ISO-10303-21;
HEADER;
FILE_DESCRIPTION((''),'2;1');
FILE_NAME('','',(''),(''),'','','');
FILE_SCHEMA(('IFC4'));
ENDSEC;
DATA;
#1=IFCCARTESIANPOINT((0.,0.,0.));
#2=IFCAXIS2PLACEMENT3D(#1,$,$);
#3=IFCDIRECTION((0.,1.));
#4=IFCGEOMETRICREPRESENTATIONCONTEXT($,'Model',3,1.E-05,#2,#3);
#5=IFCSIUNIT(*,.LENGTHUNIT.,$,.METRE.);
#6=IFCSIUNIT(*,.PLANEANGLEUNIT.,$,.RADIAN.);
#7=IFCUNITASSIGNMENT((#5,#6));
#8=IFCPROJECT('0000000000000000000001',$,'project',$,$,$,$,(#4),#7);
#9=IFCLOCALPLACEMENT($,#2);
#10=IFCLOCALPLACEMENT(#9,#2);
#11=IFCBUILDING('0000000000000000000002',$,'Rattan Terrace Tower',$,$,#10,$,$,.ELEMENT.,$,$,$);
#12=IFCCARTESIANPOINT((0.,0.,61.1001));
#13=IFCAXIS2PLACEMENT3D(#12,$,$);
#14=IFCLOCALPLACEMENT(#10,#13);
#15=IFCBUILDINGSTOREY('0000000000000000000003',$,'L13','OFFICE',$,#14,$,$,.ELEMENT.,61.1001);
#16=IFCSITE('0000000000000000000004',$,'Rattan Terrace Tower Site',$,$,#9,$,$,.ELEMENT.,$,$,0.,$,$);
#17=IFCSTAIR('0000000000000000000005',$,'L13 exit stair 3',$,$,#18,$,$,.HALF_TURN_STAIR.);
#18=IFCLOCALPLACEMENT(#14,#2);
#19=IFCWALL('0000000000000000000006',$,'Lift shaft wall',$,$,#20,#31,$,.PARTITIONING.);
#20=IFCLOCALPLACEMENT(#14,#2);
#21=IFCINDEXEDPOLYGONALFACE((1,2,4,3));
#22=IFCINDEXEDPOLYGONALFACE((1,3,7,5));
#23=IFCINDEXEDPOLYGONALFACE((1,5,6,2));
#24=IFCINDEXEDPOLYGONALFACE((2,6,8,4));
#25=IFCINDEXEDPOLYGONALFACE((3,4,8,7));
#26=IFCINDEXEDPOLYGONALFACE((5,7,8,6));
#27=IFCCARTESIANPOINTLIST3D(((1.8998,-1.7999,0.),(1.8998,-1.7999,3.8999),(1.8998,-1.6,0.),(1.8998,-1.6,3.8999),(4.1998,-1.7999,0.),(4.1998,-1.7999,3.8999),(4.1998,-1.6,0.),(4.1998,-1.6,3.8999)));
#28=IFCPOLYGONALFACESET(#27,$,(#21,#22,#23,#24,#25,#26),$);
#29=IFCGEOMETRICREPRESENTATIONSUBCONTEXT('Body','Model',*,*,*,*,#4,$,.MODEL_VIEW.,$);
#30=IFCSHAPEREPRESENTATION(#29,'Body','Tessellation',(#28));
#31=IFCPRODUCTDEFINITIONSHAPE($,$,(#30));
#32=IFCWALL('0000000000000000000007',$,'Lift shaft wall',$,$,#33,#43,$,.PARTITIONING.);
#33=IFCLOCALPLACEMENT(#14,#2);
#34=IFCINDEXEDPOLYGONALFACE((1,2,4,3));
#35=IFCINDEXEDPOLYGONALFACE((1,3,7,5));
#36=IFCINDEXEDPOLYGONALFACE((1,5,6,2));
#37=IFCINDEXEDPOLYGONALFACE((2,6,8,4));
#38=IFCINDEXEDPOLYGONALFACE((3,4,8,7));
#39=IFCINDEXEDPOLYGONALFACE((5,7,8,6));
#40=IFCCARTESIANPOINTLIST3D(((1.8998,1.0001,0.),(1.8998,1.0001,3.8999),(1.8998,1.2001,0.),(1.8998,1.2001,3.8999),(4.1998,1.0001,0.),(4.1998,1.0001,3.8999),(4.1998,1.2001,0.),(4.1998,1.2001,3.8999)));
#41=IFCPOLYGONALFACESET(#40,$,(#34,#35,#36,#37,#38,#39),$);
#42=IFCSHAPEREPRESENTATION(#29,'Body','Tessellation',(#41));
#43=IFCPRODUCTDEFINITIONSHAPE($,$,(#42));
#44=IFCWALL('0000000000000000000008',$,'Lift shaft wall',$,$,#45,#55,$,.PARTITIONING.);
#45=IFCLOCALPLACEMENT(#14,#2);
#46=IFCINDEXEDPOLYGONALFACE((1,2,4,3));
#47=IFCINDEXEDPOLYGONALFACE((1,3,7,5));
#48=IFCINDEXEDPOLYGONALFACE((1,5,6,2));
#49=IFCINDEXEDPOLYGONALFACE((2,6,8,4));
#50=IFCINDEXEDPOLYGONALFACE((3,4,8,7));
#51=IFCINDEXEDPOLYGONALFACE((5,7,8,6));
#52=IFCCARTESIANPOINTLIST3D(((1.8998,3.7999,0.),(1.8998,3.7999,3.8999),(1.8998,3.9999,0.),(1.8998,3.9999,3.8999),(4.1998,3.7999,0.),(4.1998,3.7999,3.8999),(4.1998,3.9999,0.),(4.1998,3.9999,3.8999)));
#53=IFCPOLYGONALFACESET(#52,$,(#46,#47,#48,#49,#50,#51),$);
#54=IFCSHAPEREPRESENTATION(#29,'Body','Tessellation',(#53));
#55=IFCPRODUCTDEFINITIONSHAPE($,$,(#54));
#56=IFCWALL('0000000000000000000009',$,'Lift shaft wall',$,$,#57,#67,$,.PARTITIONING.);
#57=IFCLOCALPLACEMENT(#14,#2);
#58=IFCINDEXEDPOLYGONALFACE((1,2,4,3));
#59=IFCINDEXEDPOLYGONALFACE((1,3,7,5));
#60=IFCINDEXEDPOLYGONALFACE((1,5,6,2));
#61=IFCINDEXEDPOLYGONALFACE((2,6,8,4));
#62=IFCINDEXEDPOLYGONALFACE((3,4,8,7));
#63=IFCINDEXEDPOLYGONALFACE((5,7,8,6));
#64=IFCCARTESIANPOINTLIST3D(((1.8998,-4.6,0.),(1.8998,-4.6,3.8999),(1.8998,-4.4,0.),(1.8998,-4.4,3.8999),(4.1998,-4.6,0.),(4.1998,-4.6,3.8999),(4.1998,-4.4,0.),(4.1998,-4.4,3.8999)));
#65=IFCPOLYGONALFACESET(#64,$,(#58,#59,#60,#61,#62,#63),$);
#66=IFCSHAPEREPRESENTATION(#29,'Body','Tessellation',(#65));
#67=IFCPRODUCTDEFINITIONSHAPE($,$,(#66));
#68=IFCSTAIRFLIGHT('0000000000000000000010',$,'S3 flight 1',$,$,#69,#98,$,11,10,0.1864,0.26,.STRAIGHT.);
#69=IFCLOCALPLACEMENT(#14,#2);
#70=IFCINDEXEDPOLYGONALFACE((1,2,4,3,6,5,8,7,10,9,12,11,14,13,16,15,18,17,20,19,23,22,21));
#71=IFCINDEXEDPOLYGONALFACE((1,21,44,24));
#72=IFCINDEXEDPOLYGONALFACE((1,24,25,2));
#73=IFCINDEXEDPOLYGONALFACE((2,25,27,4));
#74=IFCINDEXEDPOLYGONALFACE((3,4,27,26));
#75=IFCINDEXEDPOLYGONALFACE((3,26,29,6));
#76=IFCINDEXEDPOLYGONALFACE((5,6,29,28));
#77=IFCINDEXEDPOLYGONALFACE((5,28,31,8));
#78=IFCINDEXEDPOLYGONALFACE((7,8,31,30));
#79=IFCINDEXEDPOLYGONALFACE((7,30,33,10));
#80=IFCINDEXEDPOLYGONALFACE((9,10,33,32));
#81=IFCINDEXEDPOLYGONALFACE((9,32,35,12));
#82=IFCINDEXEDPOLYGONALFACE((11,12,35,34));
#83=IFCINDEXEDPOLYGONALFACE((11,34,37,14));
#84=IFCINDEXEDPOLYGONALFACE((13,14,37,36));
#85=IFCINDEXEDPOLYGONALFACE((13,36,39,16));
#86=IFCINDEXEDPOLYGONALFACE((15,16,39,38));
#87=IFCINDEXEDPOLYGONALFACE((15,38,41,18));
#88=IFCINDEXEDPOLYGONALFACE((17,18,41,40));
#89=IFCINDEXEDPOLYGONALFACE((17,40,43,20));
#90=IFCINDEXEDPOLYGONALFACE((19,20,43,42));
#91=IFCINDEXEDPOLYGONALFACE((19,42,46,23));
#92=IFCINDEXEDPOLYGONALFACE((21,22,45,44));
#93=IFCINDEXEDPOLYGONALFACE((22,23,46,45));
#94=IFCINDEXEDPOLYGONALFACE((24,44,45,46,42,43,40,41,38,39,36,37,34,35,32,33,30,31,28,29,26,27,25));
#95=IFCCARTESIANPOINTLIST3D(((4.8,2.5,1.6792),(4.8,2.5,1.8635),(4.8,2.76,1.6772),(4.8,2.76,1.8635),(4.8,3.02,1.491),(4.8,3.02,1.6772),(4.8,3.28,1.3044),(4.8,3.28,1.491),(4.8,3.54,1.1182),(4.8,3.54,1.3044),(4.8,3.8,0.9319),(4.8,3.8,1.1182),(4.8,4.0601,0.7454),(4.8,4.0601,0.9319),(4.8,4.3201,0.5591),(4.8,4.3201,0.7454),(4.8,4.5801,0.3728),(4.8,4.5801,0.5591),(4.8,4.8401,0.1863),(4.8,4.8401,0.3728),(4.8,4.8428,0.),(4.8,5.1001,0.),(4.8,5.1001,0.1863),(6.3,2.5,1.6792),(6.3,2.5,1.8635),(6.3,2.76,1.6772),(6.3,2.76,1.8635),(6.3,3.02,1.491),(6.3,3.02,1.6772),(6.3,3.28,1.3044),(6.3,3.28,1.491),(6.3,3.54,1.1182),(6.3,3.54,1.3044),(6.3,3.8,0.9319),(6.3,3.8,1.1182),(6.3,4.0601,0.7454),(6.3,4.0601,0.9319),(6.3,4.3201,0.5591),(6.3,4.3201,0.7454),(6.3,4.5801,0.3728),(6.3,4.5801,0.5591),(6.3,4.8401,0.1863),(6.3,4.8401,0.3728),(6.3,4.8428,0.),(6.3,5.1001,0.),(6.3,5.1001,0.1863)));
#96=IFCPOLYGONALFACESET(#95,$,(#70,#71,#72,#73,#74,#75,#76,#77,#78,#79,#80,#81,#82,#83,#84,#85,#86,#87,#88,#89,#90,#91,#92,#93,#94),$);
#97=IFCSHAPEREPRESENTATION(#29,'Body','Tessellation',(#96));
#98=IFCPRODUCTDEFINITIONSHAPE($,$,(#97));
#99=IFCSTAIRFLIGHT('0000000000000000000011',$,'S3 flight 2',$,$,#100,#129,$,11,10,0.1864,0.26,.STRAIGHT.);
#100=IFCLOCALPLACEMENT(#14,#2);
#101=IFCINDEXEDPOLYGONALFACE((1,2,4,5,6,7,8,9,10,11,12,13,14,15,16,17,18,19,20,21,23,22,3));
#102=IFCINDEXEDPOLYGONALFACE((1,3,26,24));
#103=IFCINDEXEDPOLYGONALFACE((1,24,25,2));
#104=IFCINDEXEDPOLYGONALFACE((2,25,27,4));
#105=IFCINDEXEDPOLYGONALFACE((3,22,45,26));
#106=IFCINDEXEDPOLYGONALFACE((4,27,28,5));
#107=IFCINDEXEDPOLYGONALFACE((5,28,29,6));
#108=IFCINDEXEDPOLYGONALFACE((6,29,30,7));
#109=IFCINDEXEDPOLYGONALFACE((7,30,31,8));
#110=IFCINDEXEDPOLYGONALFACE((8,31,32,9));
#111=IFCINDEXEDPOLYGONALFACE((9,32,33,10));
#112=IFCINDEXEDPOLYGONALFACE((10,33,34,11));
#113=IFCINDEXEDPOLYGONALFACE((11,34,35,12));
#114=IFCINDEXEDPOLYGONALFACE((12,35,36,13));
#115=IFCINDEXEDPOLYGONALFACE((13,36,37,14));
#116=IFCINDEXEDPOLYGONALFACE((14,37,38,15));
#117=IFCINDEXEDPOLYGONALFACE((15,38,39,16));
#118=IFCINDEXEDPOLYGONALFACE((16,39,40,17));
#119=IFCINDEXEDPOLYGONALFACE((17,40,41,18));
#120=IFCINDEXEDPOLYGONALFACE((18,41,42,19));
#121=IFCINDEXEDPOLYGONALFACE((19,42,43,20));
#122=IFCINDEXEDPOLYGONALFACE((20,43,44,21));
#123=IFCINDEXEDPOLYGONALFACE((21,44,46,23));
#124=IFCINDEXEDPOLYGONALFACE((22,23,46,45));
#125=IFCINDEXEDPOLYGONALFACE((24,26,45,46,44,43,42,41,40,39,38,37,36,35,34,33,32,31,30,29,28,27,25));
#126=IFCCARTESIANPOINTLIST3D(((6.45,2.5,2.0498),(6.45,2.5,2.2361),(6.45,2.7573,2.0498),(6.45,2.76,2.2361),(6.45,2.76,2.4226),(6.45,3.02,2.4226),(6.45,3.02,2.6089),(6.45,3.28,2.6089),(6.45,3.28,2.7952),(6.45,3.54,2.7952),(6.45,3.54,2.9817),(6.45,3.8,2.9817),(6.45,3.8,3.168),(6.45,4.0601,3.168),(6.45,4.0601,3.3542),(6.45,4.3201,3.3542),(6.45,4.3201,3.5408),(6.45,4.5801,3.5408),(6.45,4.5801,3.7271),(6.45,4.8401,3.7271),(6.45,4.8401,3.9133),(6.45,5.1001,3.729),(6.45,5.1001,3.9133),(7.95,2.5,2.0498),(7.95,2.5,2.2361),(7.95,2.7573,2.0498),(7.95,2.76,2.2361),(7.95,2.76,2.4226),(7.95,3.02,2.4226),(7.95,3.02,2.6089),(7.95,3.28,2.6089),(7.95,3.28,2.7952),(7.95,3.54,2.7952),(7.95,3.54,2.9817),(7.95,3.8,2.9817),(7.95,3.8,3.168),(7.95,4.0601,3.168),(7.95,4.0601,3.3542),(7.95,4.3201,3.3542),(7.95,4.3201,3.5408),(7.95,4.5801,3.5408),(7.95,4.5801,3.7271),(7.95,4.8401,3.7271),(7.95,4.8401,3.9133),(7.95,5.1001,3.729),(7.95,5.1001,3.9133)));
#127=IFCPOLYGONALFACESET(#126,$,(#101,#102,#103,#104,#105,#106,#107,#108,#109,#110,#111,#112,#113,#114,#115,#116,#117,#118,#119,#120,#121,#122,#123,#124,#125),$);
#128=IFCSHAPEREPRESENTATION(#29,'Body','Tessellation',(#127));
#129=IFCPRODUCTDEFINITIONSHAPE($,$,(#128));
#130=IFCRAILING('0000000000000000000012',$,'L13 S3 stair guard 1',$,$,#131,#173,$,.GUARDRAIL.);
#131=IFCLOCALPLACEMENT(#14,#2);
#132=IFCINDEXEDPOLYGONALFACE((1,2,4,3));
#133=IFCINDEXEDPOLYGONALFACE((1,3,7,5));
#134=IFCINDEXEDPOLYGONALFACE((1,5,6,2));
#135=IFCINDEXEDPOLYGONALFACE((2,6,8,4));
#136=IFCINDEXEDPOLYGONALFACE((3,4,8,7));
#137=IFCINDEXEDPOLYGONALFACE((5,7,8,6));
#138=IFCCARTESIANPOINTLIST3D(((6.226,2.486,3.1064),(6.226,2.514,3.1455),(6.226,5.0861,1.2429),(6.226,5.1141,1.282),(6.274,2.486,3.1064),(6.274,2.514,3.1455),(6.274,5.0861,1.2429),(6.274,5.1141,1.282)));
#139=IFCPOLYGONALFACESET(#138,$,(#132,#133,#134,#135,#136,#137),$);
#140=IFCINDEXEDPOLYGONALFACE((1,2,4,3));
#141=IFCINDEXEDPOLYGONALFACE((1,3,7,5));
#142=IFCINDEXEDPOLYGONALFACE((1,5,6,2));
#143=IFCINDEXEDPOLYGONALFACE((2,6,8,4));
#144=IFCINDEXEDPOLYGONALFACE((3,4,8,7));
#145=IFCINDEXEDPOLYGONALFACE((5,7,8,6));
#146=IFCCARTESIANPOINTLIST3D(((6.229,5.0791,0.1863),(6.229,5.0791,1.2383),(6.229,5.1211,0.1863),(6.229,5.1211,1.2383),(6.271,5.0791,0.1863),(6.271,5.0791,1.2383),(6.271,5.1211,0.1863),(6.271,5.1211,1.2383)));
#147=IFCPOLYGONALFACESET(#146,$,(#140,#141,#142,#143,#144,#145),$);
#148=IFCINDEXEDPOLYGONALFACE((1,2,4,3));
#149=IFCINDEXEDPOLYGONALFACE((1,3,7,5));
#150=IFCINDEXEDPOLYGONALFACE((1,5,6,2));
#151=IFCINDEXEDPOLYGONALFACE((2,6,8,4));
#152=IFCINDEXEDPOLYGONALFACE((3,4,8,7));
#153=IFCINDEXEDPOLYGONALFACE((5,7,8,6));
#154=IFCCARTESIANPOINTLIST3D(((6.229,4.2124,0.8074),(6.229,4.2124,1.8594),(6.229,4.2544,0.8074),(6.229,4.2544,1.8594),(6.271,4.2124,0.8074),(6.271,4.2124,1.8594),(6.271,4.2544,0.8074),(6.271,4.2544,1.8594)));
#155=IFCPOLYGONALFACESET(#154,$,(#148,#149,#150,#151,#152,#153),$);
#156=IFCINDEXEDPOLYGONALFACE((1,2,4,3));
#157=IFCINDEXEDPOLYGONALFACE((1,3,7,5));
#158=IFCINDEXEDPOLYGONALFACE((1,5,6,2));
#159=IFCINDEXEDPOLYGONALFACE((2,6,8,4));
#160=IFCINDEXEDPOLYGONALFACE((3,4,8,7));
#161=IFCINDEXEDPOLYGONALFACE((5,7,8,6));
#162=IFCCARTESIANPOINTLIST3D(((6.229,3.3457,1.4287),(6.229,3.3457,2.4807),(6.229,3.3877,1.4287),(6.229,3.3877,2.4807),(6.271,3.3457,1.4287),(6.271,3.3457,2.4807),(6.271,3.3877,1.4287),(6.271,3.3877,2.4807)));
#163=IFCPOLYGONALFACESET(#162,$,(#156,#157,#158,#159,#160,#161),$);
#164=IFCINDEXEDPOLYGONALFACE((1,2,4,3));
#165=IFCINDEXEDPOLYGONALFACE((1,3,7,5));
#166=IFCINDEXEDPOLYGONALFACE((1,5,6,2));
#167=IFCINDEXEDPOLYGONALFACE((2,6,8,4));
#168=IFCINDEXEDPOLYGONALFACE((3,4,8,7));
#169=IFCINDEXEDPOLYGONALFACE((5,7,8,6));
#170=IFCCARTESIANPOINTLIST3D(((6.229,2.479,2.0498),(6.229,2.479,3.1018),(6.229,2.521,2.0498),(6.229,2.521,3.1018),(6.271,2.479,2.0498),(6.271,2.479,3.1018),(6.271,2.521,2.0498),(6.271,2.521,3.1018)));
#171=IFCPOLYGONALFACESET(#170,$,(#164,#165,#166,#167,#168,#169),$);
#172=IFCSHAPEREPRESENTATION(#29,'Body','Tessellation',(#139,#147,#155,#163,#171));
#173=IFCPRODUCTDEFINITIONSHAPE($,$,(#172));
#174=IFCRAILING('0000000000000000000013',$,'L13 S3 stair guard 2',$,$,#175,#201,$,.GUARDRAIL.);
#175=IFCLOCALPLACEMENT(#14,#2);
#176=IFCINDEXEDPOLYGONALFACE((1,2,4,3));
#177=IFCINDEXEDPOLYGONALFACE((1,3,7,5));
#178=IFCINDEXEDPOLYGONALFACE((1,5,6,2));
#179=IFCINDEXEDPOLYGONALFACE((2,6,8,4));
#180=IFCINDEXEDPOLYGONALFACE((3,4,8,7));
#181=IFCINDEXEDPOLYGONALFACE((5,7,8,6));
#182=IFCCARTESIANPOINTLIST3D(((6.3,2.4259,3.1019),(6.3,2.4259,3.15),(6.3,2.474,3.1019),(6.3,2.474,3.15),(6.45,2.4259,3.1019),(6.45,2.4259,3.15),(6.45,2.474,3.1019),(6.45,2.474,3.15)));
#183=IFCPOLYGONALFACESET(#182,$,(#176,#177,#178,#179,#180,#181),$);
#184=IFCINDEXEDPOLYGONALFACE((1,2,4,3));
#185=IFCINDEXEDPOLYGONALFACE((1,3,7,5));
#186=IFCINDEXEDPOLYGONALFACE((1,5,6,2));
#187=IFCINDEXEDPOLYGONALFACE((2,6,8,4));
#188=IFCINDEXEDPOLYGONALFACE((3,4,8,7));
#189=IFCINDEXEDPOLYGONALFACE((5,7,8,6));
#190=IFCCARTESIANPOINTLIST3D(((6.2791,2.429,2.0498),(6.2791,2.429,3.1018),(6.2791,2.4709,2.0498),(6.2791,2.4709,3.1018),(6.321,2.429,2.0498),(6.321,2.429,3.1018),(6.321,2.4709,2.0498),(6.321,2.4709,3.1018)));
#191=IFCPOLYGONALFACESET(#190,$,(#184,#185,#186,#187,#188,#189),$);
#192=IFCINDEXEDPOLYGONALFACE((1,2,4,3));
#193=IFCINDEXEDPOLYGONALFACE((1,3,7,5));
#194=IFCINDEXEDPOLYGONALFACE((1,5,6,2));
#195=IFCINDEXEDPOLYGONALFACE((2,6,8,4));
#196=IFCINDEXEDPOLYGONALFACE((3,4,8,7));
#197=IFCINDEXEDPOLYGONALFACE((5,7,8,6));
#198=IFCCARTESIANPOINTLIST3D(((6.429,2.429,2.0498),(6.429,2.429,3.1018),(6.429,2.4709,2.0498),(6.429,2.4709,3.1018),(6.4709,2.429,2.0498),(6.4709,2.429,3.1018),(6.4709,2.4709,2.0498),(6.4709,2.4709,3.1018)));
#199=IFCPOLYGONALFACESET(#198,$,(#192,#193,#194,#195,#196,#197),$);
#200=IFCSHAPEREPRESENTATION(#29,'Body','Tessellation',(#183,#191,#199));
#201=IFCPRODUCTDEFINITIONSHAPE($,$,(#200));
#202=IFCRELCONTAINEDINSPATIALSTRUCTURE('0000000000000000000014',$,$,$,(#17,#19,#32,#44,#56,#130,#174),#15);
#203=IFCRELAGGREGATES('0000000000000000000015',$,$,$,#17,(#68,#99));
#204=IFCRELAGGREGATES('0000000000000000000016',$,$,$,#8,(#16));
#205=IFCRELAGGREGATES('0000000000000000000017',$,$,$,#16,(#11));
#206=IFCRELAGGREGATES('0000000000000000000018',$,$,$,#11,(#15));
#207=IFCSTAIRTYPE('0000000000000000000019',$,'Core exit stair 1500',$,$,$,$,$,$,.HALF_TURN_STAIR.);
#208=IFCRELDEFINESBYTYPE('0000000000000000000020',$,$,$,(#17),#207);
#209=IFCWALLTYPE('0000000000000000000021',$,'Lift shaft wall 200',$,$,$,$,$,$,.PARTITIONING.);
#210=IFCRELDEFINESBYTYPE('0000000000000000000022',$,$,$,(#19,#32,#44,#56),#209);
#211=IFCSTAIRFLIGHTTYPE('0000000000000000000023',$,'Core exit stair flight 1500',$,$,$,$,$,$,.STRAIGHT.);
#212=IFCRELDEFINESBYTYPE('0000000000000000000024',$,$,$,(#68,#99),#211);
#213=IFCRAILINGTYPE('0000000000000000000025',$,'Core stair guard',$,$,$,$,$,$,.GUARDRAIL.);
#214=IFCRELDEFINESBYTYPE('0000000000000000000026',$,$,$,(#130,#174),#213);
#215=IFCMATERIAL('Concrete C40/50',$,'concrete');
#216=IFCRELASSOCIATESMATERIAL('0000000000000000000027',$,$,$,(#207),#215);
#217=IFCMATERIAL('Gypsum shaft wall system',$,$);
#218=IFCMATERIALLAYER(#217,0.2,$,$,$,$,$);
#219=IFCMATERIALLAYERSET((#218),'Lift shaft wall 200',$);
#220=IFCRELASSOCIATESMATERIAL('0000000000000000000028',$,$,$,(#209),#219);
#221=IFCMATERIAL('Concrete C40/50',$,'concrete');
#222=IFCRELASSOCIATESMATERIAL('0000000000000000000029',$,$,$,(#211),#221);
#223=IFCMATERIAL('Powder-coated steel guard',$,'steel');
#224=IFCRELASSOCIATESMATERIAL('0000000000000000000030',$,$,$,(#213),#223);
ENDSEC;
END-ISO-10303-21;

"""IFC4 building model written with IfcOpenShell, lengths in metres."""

from ifc_helpers import new_model, si_unit, direction, frame, frame_2d, origin, origin_2d, place, context, subcontext, project, spatial, polyline, rectangle, outline, extrude, material, layer, layer_set, type_object, element, aggregate, save


model = new_model("IFC4")

# Units and contexts
model_context = context("Model", 3, precision=1e-05, world=origin(), true_north=direction((0.0, 1.0)))
body_context = subcontext(model_context, "Body", "Model", "MODEL_VIEW")
ifc_project = project(units=[si_unit("LENGTHUNIT", "METRE"), si_unit("PLANEANGLEUNIT", "RADIAN")], contexts=[model_context])

# Site, building, storey
site_placement = place(None, origin())
site = spatial("IfcSite", under=ifc_project, at=site_placement, Name="Rattan Terrace Tower Site", CompositionType="ELEMENT", RefElevation=0.0)
building_placement = place(site_placement, origin())
building = spatial("IfcBuilding", under=site, at=building_placement, Name="Rattan Terrace Tower", CompositionType="ELEMENT")
storey_placement = place(building_placement, frame((0.0, 0.0, 61.1001)))
storey = spatial("IfcBuildingStorey", under=building, at=storey_placement, Name="L13", Description="OFFICE", CompositionType="ELEMENT", Elevation=61.1001)

# Stair
ifc_material_1 = material(Name="Concrete C40/50", Category="concrete")
stair_type = type_object("IfcStairType", Name="Core exit stair 1500", PredefinedType="HALF_TURN_STAIR", material=ifc_material_1)
stair_1_placement = place(storey_placement, origin())
stair_1 = element("IfcStair", 1, at=stair_1_placement, inside=storey, type_object=stair_type, Name="L13 exit stair 3", PredefinedType="HALF_TURN_STAIR")

# Walls
ifc_material_2 = material(Name="Gypsum shaft wall system")
ifc_layer_1 = layer(ifc_material_2, 0.2)
ifc_layer_set_1 = layer_set([ifc_layer_1], Name="Lift shaft wall 200")
wall_type_1 = type_object("IfcWallType", Name="Lift shaft wall 200", PredefinedType="PARTITIONING", material=ifc_layer_set_1)
for number, where, z_axis, x_axis, name in (
    (2, (1.8999, -1.7, 0.0), (0.0, 0.0, 1.0), (1.0, 0.0, 0.0), "Lift shaft wall"),
    (3, (1.8999, 1.1001, 0.0), (0.0, 0.0, 1.0), (1.0, 0.0, 0.0), "Lift shaft wall"),
    (4, (1.8999, 3.8999, 0.0), (0.0, 0.0, 1.0), (1.0, 0.0, 0.0), "Lift shaft wall"),
    (5, (1.8999, -4.5, 0.0), (0.0, 0.0, 1.0), (1.0, 0.0, 0.0), "Lift shaft wall"),
):
    element("IfcWall", number, at=place(storey_placement, frame(where, z_axis=z_axis, x_axis=x_axis)), inside=storey, type_object=wall_type_1, Name=name, PredefinedType="PARTITIONING", context=body_context, shape_type="SweptSolid", body=[
        extrude(rectangle(XDim=2.3, YDim=0.2, at=frame_2d((1.1499, 0.0))), origin(), (0.0, 0.0, 1.0), 3.8999),
    ])

# Stair flights
ifc_material_3 = material(Name="Concrete C40/50", Category="concrete")
stair_flight_type = type_object("IfcStairFlightType", Name="Core exit stair flight 1500", PredefinedType="STRAIGHT", material=ifc_material_3)
stair_flight_1_placement = place(storey_placement, frame((5.55, 5.1001, 0.0), z_axis=(0.0, 0.0, 1.0), x_axis=(0.0, -1.0, 0.0)))
stair_flight_1 = element("IfcStairFlight", 6, at=stair_flight_1_placement, type_object=stair_flight_type, Name="S3 flight 1", NumberOfRisers=11, NumberOfTreads=10, PredefinedType="STRAIGHT", RiserHeight=0.1864, TreadLength=0.26, context=body_context, shape_type="SweptSolid", body=[
    extrude(outline(polyline([(0.0, 0.0), (0.0, 0.1863), (0.26, 0.1863), (0.26, 0.3728), (0.52, 0.3728), (0.52, 0.5591), (0.78, 0.5591), (0.78, 0.7454), (1.04, 0.7454), (1.04, 0.9319), (1.3, 0.9319), (1.3, 1.1182), (1.5601, 1.1182), (1.5601, 1.3044), (1.8201, 1.3044), (1.8201, 1.491), (2.0801, 1.491), (2.0801, 1.6772), (2.3401, 1.6772), (2.3401, 1.8635), (2.6001, 1.8635), (2.6001, 2.05), (2.6001, 1.6792), (0.2573, 0.0), (0.0, 0.0)])), frame((0.0, 0.75, 0.0), z_axis=(0.0, -1.0, 0.0), x_axis=(1.0, 0.0, 0.0)), (0.0, 0.0, 1.0), 1.5),
])
stair_flight_2_placement = place(storey_placement, frame((7.2, 2.5, 2.0498), z_axis=(0.0, 0.0, 1.0), x_axis=(0.0, 1.0, 0.0)))
stair_flight_2 = element("IfcStairFlight", 7, at=stair_flight_2_placement, type_object=stair_flight_type, Name="S3 flight 2", NumberOfRisers=11, NumberOfTreads=10, PredefinedType="STRAIGHT", RiserHeight=0.1864, TreadLength=0.26, context=body_context, shape_type="SweptSolid", body=[
    extrude(outline(polyline([(0.0, 0.0), (0.0, 0.1863), (0.26, 0.1863), (0.26, 0.3728), (0.52, 0.3728), (0.52, 0.5591), (0.78, 0.5591), (0.78, 0.7454), (1.04, 0.7454), (1.04, 0.9319), (1.3, 0.9319), (1.3, 1.1182), (1.5601, 1.1182), (1.5601, 1.3044), (1.8201, 1.3044), (1.8201, 1.491), (2.0801, 1.491), (2.0801, 1.6772), (2.3401, 1.6772), (2.3401, 1.8635), (2.6001, 1.8635), (2.6001, 2.05), (2.6001, 1.6792), (0.2573, 0.0), (0.0, 0.0)])), frame((0.0, 0.75, 0.0), z_axis=(0.0, -1.0, 0.0), x_axis=(1.0, 0.0, 0.0)), (0.0, 0.0, 1.0), 1.5),
])
aggregate(stair_1, [stair_flight_1, stair_flight_2])

# Railings
ifc_material_4 = material(Name="Powder-coated steel guard", Category="steel")
railing_type_1 = type_object("IfcRailingType", Name="Core stair guard", PredefinedType="GUARDRAIL", material=ifc_material_4)
railing_1_placement = place(storey_placement, frame((6.25, 5.1001, 0.1863)))
element("IfcRailing", 8, at=railing_1_placement, inside=storey, type_object=railing_type_1, Name="L13 S3 stair guard 1", PredefinedType="GUARDRAIL", context=body_context, shape_type="SweptSolid", body=[
    extrude(rectangle(XDim=0.0481, YDim=0.0481, at=origin_2d()), frame((0.0, 0.0, 1.0762), z_axis=(0.0, -0.812799, 0.582544), x_axis=(1.0, 0.0, 0.0)), (0.0, 0.0, 1.0), 3.199),
    extrude(rectangle(XDim=0.042, YDim=0.042, at=origin_2d()), origin(), (0.0, 0.0, 1.0), 1.052),
    extrude(rectangle(XDim=0.042, YDim=0.042, at=origin_2d()), frame((0.0, -0.8667, 0.6211)), (0.0, 0.0, 1.0), 1.052),
    extrude(rectangle(XDim=0.042, YDim=0.042, at=origin_2d()), frame((0.0, -1.7334, 1.2424)), (0.0, 0.0, 1.0), 1.052),
    extrude(rectangle(XDim=0.042, YDim=0.042, at=origin_2d()), frame((0.0, -2.6001, 1.8635)), (0.0, 0.0, 1.0), 1.052),
])
railing_2_placement = place(storey_placement, frame((6.3, 2.45, 2.0498)))
element("IfcRailing", 9, at=railing_2_placement, inside=storey, type_object=railing_type_1, Name="L13 S3 stair guard 2", PredefinedType="GUARDRAIL", context=body_context, shape_type="SweptSolid", body=[
    extrude(rectangle(XDim=0.0481, YDim=0.0481, at=origin_2d()), frame((0.0, 0.0, 1.0762), z_axis=(1.0, 0.0, 0.0), x_axis=(0.0, 1.0, 0.0)), (0.0, 0.0, 1.0), 0.1499),
    extrude(rectangle(XDim=0.042, YDim=0.042, at=origin_2d()), origin(), (0.0, 0.0, 1.0), 1.052),
    extrude(rectangle(XDim=0.042, YDim=0.042, at=origin_2d()), frame((0.1499, 0.0, 0.0)), (0.0, 0.0, 1.0), 1.052),
])

save(model, "model.ifc")
